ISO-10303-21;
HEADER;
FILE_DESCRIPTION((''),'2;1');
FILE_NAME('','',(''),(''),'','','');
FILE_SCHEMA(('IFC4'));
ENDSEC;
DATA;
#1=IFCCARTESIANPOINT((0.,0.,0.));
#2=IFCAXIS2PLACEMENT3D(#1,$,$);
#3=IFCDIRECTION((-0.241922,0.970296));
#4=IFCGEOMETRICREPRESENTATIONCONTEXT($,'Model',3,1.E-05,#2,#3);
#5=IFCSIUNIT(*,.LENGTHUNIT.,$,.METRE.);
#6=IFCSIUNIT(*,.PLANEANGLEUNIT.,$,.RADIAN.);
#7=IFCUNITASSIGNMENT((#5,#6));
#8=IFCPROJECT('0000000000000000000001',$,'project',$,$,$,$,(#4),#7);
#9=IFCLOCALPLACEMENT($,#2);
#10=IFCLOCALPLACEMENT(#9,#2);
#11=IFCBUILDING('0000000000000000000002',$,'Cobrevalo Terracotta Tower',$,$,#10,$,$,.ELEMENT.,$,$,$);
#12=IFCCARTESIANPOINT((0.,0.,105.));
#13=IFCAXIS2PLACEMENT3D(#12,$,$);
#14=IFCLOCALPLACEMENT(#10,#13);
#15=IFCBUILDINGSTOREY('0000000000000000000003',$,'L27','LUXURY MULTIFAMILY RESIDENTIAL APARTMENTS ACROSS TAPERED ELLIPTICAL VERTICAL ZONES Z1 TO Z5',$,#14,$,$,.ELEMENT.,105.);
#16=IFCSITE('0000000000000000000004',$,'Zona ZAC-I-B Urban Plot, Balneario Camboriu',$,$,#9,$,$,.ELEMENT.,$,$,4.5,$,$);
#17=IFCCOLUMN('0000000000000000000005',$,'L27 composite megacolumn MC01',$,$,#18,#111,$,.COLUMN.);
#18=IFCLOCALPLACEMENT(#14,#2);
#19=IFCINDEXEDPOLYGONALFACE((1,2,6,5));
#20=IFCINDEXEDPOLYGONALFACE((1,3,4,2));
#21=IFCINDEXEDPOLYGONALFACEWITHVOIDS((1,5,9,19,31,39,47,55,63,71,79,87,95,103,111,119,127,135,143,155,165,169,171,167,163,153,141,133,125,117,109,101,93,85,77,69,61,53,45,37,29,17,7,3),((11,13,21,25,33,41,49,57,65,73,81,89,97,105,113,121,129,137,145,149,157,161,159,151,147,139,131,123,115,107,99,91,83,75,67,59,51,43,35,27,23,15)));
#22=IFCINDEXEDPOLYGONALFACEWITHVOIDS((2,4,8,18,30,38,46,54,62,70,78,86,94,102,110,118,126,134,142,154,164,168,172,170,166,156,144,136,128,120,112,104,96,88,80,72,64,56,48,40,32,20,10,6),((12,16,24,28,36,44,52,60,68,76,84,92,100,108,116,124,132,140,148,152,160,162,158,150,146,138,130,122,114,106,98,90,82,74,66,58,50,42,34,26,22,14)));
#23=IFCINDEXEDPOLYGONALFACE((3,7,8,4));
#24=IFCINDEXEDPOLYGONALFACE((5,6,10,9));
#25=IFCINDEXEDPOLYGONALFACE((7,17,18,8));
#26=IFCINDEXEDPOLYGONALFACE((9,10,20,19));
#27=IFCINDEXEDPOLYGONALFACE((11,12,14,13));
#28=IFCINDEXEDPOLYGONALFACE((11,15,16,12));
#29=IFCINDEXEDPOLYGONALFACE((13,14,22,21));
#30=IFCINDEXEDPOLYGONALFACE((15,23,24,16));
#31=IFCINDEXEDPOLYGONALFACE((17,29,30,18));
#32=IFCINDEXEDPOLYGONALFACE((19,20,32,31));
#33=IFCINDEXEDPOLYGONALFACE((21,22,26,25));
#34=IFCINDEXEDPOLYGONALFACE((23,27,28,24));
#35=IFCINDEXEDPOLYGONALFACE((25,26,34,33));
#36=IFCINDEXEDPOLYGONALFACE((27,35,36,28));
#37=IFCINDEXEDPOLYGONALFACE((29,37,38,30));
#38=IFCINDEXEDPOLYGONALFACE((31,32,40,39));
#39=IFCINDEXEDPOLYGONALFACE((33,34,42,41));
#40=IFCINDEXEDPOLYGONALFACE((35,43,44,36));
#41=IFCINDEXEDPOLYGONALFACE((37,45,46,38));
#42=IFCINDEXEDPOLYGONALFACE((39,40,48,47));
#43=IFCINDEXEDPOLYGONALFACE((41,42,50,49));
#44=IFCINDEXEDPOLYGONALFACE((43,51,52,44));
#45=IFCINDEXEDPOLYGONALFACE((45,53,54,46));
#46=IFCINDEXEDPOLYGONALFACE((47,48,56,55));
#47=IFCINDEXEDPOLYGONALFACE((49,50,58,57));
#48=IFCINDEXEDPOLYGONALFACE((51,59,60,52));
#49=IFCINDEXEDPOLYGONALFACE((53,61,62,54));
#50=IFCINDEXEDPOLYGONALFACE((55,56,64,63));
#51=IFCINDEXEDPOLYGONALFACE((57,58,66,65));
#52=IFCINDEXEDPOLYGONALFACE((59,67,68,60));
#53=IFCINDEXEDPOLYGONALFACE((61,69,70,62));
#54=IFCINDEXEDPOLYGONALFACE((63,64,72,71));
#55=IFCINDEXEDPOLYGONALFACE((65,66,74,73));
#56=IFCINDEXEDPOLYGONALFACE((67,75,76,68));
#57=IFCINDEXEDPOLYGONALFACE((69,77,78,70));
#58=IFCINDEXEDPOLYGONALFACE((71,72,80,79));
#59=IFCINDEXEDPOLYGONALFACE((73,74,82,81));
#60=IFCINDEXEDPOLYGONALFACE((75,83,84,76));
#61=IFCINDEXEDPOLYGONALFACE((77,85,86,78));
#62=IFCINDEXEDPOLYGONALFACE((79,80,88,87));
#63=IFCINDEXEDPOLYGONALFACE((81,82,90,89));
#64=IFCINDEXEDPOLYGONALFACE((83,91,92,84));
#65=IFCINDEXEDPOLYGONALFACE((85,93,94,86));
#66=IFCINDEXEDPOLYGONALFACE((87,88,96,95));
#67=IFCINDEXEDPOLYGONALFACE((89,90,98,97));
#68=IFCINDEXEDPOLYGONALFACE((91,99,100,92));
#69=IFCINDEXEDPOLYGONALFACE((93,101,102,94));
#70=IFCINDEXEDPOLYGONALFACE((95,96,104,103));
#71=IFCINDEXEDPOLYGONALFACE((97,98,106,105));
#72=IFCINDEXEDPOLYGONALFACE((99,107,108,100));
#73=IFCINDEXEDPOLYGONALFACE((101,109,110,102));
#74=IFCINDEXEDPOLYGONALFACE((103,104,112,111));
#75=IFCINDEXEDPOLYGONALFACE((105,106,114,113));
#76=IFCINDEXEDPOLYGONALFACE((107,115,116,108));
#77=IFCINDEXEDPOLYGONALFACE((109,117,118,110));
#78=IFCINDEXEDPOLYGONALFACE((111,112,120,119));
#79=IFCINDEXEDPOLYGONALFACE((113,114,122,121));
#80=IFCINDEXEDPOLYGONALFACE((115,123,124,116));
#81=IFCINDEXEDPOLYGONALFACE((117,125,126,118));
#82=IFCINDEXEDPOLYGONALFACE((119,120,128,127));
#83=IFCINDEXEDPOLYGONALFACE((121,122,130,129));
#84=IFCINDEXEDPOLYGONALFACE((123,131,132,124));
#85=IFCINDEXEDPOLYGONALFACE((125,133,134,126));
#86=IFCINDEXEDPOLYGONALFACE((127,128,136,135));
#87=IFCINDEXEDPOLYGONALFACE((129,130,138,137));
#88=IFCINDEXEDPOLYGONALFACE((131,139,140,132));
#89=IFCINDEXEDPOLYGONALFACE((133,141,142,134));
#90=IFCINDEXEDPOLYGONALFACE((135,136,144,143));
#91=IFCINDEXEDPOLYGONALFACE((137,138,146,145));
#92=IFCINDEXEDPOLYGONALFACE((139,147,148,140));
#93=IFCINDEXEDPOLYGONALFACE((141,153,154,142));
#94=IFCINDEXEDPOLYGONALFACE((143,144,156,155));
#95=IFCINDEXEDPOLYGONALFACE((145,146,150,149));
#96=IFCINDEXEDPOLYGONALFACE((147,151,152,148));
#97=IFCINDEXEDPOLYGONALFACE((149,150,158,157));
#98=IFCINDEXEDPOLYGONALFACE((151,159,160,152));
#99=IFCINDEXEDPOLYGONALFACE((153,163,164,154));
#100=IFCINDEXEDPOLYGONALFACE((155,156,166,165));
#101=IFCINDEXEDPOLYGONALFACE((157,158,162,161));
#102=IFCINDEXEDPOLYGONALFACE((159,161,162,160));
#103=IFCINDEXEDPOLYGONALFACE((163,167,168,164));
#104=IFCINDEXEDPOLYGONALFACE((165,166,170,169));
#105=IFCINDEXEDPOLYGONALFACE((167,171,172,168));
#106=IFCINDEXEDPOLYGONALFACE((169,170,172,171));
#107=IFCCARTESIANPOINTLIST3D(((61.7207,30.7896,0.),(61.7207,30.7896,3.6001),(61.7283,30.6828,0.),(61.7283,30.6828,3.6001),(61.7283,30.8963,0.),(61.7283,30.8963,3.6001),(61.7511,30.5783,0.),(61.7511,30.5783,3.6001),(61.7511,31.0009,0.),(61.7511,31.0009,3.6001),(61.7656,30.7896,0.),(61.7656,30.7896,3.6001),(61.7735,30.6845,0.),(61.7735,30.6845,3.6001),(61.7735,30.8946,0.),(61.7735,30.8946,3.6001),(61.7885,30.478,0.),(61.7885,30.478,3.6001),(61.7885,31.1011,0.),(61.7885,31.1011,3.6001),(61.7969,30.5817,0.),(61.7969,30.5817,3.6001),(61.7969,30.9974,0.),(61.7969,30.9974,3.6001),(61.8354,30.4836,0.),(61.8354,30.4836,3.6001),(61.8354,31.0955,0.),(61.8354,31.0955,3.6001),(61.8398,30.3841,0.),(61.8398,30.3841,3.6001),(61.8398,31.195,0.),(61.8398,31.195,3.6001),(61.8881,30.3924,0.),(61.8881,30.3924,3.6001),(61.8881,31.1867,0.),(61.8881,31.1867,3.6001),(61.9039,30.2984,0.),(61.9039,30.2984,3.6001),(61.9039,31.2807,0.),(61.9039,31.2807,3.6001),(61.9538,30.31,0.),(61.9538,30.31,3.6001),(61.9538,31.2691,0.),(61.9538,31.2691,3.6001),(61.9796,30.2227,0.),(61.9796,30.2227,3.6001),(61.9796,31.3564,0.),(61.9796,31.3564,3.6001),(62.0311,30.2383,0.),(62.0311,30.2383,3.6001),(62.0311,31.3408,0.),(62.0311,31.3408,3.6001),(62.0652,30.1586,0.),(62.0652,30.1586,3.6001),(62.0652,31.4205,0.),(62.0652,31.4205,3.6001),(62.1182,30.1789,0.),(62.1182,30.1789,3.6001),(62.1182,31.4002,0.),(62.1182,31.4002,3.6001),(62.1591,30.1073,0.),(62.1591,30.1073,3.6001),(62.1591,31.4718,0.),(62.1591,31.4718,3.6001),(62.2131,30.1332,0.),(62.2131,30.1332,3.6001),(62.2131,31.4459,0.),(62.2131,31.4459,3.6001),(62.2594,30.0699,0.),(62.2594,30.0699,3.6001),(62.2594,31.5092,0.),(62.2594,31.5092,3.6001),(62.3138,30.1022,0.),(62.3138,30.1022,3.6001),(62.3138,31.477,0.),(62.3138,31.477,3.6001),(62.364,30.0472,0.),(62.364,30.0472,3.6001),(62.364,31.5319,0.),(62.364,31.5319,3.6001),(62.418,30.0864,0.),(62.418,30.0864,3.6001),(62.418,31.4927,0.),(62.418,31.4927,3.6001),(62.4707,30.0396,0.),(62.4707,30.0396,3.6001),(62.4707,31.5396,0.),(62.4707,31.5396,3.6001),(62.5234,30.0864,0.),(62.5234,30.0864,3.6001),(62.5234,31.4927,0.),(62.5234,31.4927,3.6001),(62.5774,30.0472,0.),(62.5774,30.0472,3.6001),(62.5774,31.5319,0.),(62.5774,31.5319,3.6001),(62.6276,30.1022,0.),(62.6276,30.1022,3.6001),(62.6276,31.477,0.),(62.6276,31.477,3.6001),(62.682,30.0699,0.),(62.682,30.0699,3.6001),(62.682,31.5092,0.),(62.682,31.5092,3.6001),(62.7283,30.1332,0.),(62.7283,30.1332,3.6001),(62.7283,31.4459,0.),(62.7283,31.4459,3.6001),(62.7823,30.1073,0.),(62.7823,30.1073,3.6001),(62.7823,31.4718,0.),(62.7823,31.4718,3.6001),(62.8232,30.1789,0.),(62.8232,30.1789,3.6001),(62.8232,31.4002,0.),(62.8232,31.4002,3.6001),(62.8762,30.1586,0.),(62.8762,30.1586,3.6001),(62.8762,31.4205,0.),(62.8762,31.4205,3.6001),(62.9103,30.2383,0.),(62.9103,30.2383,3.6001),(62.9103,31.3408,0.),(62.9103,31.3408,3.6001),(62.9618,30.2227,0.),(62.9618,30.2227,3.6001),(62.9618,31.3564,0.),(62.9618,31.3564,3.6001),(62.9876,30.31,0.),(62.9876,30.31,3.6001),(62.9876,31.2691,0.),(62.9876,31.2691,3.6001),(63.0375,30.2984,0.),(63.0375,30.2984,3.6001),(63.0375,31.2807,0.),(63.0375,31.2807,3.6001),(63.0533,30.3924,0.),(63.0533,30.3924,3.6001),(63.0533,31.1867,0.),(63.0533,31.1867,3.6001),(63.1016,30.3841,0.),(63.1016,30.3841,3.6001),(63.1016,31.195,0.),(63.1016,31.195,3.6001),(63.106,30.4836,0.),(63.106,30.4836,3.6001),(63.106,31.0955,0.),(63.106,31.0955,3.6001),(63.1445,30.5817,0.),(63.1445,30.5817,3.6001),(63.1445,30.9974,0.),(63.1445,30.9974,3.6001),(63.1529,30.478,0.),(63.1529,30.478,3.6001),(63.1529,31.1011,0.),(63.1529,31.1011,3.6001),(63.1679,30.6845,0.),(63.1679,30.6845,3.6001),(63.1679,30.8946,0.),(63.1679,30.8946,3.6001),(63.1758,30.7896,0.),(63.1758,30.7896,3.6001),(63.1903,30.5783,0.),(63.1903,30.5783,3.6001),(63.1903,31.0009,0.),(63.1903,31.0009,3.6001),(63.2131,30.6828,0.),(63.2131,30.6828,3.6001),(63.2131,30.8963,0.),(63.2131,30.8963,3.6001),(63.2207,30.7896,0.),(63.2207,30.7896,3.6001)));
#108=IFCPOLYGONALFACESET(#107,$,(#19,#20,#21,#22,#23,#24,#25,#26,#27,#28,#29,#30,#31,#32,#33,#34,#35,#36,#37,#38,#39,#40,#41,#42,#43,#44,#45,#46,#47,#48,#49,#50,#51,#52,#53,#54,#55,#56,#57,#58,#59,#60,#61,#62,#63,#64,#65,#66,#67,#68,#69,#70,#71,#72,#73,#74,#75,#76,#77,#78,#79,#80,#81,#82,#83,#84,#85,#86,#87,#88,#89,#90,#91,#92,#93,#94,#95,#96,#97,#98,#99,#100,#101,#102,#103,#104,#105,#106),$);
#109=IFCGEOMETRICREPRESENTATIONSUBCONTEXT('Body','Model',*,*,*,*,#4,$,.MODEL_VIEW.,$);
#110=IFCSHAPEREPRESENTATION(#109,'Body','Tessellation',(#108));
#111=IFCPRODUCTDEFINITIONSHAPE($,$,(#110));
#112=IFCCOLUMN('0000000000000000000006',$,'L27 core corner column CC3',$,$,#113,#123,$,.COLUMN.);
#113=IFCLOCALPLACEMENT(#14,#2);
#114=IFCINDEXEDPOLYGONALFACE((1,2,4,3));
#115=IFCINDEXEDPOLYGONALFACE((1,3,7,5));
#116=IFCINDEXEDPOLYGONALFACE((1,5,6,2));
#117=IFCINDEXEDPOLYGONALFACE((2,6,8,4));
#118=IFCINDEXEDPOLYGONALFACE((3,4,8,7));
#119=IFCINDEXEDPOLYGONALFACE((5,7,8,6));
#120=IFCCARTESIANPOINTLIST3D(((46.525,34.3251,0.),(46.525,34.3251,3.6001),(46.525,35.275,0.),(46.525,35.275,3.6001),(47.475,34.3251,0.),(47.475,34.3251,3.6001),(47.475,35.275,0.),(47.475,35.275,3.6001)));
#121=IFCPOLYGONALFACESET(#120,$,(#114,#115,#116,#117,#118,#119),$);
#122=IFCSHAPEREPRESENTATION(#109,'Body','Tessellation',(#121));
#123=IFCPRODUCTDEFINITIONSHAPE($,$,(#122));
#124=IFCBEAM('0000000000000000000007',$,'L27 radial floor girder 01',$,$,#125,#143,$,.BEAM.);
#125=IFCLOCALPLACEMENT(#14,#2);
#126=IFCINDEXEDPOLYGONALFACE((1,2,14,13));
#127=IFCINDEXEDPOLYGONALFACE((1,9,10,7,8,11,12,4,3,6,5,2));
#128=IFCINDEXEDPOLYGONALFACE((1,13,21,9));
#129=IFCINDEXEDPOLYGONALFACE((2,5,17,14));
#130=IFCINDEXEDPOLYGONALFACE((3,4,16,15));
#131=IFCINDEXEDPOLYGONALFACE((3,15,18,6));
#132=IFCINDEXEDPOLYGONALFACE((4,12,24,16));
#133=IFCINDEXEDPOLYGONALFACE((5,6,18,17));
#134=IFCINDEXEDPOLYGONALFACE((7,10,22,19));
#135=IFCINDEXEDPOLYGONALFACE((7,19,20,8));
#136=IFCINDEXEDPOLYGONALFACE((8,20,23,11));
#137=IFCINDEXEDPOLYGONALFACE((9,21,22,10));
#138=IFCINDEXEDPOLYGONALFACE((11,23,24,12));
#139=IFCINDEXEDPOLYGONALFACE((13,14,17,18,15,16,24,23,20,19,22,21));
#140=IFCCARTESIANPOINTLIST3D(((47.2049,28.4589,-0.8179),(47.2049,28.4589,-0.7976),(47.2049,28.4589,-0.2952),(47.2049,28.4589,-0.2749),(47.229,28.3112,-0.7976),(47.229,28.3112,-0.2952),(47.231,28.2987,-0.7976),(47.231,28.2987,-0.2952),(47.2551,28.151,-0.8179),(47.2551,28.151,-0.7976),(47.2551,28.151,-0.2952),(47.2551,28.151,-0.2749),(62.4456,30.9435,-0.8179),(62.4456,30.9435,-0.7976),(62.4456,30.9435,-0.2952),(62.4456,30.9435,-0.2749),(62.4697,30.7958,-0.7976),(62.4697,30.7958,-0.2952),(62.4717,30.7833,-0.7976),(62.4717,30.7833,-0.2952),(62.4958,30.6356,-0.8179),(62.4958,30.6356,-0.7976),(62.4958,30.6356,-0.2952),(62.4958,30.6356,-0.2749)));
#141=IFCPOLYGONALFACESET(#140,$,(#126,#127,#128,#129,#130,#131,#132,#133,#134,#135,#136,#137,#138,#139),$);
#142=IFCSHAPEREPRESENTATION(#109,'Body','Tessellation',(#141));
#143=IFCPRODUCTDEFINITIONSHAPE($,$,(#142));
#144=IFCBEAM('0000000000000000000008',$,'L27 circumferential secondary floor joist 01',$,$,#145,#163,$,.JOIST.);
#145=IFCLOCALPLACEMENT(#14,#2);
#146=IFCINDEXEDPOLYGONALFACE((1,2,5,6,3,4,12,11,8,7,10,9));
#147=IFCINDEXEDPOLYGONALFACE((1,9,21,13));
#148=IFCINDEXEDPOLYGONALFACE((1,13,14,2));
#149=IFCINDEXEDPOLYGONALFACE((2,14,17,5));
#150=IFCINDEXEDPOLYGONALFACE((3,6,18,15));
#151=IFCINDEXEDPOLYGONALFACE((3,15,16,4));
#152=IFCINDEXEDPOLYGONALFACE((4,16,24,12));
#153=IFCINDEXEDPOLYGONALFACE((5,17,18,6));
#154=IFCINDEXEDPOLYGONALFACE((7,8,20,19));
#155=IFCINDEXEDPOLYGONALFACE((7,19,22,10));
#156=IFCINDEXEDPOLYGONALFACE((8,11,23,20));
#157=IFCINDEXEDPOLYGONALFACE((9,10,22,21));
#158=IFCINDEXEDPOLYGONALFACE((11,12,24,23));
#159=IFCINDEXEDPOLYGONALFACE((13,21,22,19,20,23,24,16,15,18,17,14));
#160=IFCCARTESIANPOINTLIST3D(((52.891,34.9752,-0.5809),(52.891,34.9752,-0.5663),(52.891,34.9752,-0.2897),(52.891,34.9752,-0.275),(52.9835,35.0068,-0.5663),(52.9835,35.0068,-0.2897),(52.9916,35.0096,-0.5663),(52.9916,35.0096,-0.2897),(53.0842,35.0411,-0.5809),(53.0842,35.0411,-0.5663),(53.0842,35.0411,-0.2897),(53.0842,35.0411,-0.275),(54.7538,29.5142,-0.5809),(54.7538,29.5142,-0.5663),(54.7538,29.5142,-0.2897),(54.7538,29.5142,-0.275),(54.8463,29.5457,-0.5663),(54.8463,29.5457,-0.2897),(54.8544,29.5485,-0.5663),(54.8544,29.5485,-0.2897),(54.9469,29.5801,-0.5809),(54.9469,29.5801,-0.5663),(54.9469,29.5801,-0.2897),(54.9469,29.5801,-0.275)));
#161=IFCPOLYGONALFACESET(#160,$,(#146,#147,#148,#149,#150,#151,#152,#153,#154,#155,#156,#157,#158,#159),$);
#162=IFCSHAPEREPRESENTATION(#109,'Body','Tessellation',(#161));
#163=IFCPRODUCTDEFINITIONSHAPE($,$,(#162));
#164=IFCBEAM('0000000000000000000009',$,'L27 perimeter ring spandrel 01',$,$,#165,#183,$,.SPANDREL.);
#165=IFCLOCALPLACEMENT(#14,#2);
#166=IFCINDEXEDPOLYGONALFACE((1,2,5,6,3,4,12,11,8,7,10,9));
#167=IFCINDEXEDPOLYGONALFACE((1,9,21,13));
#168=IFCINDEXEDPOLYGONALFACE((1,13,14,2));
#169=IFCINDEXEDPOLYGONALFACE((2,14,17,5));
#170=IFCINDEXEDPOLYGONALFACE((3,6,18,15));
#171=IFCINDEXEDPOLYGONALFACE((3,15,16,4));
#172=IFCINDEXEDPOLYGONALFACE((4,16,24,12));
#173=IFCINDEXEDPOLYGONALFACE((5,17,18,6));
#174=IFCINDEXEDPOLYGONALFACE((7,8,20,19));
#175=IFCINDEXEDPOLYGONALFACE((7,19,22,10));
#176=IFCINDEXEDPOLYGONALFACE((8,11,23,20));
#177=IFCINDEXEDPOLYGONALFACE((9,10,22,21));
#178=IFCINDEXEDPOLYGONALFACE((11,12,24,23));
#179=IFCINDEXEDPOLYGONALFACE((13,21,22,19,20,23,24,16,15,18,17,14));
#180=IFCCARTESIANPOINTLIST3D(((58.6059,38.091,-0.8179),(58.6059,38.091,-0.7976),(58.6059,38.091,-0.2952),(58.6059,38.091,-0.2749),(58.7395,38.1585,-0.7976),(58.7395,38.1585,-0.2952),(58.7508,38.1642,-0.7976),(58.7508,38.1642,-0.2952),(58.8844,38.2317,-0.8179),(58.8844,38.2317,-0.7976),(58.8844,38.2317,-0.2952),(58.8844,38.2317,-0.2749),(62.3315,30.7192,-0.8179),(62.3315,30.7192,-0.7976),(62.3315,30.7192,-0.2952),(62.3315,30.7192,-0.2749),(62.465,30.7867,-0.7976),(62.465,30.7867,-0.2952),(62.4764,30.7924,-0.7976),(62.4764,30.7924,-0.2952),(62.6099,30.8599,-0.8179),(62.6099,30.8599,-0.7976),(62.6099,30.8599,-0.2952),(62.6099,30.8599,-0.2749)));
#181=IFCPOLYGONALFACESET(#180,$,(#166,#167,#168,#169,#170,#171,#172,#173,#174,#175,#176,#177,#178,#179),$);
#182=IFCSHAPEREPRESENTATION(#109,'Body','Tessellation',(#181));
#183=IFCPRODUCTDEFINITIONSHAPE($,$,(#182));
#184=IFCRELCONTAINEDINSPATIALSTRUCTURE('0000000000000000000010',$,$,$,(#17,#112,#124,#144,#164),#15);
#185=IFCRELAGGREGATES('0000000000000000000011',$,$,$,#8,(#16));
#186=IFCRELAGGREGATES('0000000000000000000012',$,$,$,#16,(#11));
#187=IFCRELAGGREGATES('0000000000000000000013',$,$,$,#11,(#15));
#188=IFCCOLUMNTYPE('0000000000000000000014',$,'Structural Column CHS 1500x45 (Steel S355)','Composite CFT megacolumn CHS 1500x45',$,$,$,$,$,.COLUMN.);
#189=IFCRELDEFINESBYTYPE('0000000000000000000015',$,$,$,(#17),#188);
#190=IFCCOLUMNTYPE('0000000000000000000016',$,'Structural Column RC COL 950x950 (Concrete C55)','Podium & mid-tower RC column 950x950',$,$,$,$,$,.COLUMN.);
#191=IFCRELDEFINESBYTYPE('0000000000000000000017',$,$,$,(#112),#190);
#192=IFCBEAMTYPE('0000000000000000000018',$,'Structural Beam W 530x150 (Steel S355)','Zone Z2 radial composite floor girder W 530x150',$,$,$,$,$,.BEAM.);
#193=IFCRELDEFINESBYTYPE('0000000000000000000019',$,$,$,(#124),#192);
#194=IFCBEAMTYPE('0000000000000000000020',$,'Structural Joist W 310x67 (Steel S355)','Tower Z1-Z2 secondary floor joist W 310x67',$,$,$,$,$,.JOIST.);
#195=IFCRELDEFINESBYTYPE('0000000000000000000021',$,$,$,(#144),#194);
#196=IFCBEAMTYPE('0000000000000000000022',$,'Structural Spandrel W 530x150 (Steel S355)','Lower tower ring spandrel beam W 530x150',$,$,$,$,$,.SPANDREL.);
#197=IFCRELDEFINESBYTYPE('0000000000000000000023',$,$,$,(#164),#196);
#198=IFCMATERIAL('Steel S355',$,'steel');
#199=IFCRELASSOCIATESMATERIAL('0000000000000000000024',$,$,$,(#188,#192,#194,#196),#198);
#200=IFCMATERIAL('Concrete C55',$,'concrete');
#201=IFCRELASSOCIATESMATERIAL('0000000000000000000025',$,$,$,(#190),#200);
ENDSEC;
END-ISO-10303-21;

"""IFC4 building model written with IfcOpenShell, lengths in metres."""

from ifc_helpers import new_model, si_unit, direction, frame, origin, origin_2d, place, context, subcontext, project, spatial, rectangle, hollow_circle, i_section, extrude, material, material_profile, profile_set, type_object, element, save


model = new_model("IFC4")

# Units and contexts
model_context = context("Model", 3, precision=1e-05, world=origin(), true_north=direction((-0.241922, 0.970296)))
body_context = subcontext(model_context, "Body", "Model", "MODEL_VIEW")
ifc_project = project(units=[si_unit("LENGTHUNIT", "METRE"), si_unit("PLANEANGLEUNIT", "RADIAN")], contexts=[model_context])

# Site, building, storey
site_placement = place(None, origin())
site = spatial("IfcSite", under=ifc_project, at=site_placement, Name="Zona ZAC-I-B Urban Plot, Balneario Camboriu", CompositionType="ELEMENT", RefElevation=4.5)
building_placement = place(site_placement, origin())
building = spatial("IfcBuilding", under=site, at=building_placement, Name="Cobrevalo Terracotta Tower", CompositionType="ELEMENT")
storey_placement = place(building_placement, frame((0.0, 0.0, 105.0)))
storey = spatial("IfcBuildingStorey", under=building, at=storey_placement, Name="L27", Description="LUXURY MULTIFAMILY RESIDENTIAL APARTMENTS ACROSS TAPERED ELLIPTICAL VERTICAL ZONES Z1 TO Z5", CompositionType="ELEMENT", Elevation=105.0)

# Columns
ifc_material_1 = material(Name="Steel S355", Category="steel")
ifc_material_profile_1 = material_profile(ifc_material_1, hollow_circle(Radius=0.75, WallThickness=0.0449, at=origin_2d()), Name="CHS 1500x45")
ifc_profile_set_1 = profile_set([ifc_material_profile_1], Name="Steel S355")
column_type_1 = type_object("IfcColumnType", Name="Structural Column CHS 1500x45 (Steel S355)", Description="Composite CFT megacolumn CHS 1500x45", PredefinedType="COLUMN", material=ifc_profile_set_1)
column_1_placement = place(storey_placement, frame((62.4707, 30.7896, 0.0), z_axis=(0.0, 0.0, 1.0), x_axis=(1.0, 0.0, 0.0)))
element("IfcColumn", 1, at=column_1_placement, inside=storey, type_object=column_type_1, Name="L27 composite megacolumn MC01", PredefinedType="COLUMN", context=body_context, shape_type="SweptSolid", body=[
    extrude(hollow_circle(Radius=0.75, WallThickness=0.0449, at=origin_2d()), origin(), (0.0, 0.0, 1.0), 3.6001),
])
ifc_material_2 = material(Name="Concrete C55", Category="concrete")
ifc_material_profile_2 = material_profile(ifc_material_2, rectangle(XDim=0.95, YDim=0.95, at=origin_2d()), Name="RC COL 950x950")
ifc_profile_set_2 = profile_set([ifc_material_profile_2], Name="Concrete C55")
column_type_2 = type_object("IfcColumnType", Name="Structural Column RC COL 950x950 (Concrete C55)", Description="Podium & mid-tower RC column 950x950", PredefinedType="COLUMN", material=ifc_profile_set_2)
column_2_placement = place(storey_placement, frame((47.0, 34.8, 0.0), z_axis=(0.0, 0.0, 1.0), x_axis=(1.0, 0.0, 0.0)))
element("IfcColumn", 2, at=column_2_placement, inside=storey, type_object=column_type_2, Name="L27 core corner column CC3", PredefinedType="COLUMN", context=body_context, shape_type="SweptSolid", body=[
    extrude(rectangle(XDim=0.95, YDim=0.95, at=origin_2d()), origin(), (0.0, 0.0, 1.0), 3.6001),
])

# Beams
ifc_material_profile_3 = material_profile(ifc_material_1, i_section(OverallWidth=0.312, OverallDepth=0.543, WebThickness=0.0127, FlangeThickness=0.0203, at=origin_2d()), Name="W 530x150")
ifc_profile_set_3 = profile_set([ifc_material_profile_3], Name="Steel S355")
beam_type_1 = type_object("IfcBeamType", Name="Structural Beam W 530x150 (Steel S355)", Description="Zone Z2 radial composite floor girder W 530x150", PredefinedType="BEAM", material=ifc_profile_set_3)
beam_1_placement = place(storey_placement, frame((62.4707, 30.7896, -0.5464), z_axis=(-0.986971, -0.160901, 0.0), x_axis=(0.160901, -0.986971, 0.0)))
element("IfcBeam", 3, at=beam_1_placement, inside=storey, type_object=beam_type_1, Name="L27 radial floor girder 01", PredefinedType="BEAM", context=body_context, shape_type="SweptSolid", body=[
    extrude(i_section(OverallWidth=0.312, OverallDepth=0.543, WebThickness=0.0127, FlangeThickness=0.0203, at=origin_2d()), origin(), (0.0, 0.0, 1.0), 15.4419),
])
ifc_material_profile_4 = material_profile(ifc_material_1, i_section(OverallWidth=0.2041, OverallDepth=0.3059, WebThickness=0.0085, FlangeThickness=0.0146, at=origin_2d()), Name="W 310x67")
ifc_profile_set_4 = profile_set([ifc_material_profile_4], Name="Steel S355")
beam_type_2 = type_object("IfcBeamType", Name="Structural Joist W 310x67 (Steel S355)", Description="Tower Z1-Z2 secondary floor joist W 310x67", PredefinedType="JOIST", material=ifc_profile_set_4)
beam_2_placement = place(storey_placement, frame((54.8503, 29.5471, -0.428), z_axis=(-0.322833, 0.946456, 0.0), x_axis=(-0.946456, -0.322833, 0.0)))
element("IfcBeam", 4, at=beam_2_placement, inside=storey, type_object=beam_type_2, Name="L27 circumferential secondary floor joist 01", PredefinedType="JOIST", context=body_context, shape_type="SweptSolid", body=[
    extrude(i_section(OverallWidth=0.2041, OverallDepth=0.3059, WebThickness=0.0085, FlangeThickness=0.0146, at=origin_2d()), origin(), (0.0, 0.0, 1.0), 5.77),
])
ifc_material_profile_5 = material_profile(ifc_material_1, i_section(OverallWidth=0.312, OverallDepth=0.543, WebThickness=0.0127, FlangeThickness=0.0203, at=origin_2d()), Name="W 530x150")
ifc_profile_set_5 = profile_set([ifc_material_profile_5], Name="Steel S355")
beam_type_3 = type_object("IfcBeamType", Name="Structural Spandrel W 530x150 (Steel S355)", Description="Lower tower ring spandrel beam W 530x150", PredefinedType="SPANDREL", material=ifc_profile_set_5)
beam_3_placement = place(storey_placement, frame((62.4707, 30.7896, -0.5464), z_axis=(-0.451052, 0.892498, 0.0), x_axis=(-0.892498, -0.451052, 0.0)))
element("IfcBeam", 5, at=beam_3_placement, inside=storey, type_object=beam_type_3, Name="L27 perimeter ring spandrel 01", PredefinedType="SPANDREL", context=body_context, shape_type="SweptSolid", body=[
    extrude(i_section(OverallWidth=0.312, OverallDepth=0.543, WebThickness=0.0127, FlangeThickness=0.0203, at=origin_2d()), origin(), (0.0, 0.0, 1.0), 8.2598),
])

save(model, "model.ifc")
